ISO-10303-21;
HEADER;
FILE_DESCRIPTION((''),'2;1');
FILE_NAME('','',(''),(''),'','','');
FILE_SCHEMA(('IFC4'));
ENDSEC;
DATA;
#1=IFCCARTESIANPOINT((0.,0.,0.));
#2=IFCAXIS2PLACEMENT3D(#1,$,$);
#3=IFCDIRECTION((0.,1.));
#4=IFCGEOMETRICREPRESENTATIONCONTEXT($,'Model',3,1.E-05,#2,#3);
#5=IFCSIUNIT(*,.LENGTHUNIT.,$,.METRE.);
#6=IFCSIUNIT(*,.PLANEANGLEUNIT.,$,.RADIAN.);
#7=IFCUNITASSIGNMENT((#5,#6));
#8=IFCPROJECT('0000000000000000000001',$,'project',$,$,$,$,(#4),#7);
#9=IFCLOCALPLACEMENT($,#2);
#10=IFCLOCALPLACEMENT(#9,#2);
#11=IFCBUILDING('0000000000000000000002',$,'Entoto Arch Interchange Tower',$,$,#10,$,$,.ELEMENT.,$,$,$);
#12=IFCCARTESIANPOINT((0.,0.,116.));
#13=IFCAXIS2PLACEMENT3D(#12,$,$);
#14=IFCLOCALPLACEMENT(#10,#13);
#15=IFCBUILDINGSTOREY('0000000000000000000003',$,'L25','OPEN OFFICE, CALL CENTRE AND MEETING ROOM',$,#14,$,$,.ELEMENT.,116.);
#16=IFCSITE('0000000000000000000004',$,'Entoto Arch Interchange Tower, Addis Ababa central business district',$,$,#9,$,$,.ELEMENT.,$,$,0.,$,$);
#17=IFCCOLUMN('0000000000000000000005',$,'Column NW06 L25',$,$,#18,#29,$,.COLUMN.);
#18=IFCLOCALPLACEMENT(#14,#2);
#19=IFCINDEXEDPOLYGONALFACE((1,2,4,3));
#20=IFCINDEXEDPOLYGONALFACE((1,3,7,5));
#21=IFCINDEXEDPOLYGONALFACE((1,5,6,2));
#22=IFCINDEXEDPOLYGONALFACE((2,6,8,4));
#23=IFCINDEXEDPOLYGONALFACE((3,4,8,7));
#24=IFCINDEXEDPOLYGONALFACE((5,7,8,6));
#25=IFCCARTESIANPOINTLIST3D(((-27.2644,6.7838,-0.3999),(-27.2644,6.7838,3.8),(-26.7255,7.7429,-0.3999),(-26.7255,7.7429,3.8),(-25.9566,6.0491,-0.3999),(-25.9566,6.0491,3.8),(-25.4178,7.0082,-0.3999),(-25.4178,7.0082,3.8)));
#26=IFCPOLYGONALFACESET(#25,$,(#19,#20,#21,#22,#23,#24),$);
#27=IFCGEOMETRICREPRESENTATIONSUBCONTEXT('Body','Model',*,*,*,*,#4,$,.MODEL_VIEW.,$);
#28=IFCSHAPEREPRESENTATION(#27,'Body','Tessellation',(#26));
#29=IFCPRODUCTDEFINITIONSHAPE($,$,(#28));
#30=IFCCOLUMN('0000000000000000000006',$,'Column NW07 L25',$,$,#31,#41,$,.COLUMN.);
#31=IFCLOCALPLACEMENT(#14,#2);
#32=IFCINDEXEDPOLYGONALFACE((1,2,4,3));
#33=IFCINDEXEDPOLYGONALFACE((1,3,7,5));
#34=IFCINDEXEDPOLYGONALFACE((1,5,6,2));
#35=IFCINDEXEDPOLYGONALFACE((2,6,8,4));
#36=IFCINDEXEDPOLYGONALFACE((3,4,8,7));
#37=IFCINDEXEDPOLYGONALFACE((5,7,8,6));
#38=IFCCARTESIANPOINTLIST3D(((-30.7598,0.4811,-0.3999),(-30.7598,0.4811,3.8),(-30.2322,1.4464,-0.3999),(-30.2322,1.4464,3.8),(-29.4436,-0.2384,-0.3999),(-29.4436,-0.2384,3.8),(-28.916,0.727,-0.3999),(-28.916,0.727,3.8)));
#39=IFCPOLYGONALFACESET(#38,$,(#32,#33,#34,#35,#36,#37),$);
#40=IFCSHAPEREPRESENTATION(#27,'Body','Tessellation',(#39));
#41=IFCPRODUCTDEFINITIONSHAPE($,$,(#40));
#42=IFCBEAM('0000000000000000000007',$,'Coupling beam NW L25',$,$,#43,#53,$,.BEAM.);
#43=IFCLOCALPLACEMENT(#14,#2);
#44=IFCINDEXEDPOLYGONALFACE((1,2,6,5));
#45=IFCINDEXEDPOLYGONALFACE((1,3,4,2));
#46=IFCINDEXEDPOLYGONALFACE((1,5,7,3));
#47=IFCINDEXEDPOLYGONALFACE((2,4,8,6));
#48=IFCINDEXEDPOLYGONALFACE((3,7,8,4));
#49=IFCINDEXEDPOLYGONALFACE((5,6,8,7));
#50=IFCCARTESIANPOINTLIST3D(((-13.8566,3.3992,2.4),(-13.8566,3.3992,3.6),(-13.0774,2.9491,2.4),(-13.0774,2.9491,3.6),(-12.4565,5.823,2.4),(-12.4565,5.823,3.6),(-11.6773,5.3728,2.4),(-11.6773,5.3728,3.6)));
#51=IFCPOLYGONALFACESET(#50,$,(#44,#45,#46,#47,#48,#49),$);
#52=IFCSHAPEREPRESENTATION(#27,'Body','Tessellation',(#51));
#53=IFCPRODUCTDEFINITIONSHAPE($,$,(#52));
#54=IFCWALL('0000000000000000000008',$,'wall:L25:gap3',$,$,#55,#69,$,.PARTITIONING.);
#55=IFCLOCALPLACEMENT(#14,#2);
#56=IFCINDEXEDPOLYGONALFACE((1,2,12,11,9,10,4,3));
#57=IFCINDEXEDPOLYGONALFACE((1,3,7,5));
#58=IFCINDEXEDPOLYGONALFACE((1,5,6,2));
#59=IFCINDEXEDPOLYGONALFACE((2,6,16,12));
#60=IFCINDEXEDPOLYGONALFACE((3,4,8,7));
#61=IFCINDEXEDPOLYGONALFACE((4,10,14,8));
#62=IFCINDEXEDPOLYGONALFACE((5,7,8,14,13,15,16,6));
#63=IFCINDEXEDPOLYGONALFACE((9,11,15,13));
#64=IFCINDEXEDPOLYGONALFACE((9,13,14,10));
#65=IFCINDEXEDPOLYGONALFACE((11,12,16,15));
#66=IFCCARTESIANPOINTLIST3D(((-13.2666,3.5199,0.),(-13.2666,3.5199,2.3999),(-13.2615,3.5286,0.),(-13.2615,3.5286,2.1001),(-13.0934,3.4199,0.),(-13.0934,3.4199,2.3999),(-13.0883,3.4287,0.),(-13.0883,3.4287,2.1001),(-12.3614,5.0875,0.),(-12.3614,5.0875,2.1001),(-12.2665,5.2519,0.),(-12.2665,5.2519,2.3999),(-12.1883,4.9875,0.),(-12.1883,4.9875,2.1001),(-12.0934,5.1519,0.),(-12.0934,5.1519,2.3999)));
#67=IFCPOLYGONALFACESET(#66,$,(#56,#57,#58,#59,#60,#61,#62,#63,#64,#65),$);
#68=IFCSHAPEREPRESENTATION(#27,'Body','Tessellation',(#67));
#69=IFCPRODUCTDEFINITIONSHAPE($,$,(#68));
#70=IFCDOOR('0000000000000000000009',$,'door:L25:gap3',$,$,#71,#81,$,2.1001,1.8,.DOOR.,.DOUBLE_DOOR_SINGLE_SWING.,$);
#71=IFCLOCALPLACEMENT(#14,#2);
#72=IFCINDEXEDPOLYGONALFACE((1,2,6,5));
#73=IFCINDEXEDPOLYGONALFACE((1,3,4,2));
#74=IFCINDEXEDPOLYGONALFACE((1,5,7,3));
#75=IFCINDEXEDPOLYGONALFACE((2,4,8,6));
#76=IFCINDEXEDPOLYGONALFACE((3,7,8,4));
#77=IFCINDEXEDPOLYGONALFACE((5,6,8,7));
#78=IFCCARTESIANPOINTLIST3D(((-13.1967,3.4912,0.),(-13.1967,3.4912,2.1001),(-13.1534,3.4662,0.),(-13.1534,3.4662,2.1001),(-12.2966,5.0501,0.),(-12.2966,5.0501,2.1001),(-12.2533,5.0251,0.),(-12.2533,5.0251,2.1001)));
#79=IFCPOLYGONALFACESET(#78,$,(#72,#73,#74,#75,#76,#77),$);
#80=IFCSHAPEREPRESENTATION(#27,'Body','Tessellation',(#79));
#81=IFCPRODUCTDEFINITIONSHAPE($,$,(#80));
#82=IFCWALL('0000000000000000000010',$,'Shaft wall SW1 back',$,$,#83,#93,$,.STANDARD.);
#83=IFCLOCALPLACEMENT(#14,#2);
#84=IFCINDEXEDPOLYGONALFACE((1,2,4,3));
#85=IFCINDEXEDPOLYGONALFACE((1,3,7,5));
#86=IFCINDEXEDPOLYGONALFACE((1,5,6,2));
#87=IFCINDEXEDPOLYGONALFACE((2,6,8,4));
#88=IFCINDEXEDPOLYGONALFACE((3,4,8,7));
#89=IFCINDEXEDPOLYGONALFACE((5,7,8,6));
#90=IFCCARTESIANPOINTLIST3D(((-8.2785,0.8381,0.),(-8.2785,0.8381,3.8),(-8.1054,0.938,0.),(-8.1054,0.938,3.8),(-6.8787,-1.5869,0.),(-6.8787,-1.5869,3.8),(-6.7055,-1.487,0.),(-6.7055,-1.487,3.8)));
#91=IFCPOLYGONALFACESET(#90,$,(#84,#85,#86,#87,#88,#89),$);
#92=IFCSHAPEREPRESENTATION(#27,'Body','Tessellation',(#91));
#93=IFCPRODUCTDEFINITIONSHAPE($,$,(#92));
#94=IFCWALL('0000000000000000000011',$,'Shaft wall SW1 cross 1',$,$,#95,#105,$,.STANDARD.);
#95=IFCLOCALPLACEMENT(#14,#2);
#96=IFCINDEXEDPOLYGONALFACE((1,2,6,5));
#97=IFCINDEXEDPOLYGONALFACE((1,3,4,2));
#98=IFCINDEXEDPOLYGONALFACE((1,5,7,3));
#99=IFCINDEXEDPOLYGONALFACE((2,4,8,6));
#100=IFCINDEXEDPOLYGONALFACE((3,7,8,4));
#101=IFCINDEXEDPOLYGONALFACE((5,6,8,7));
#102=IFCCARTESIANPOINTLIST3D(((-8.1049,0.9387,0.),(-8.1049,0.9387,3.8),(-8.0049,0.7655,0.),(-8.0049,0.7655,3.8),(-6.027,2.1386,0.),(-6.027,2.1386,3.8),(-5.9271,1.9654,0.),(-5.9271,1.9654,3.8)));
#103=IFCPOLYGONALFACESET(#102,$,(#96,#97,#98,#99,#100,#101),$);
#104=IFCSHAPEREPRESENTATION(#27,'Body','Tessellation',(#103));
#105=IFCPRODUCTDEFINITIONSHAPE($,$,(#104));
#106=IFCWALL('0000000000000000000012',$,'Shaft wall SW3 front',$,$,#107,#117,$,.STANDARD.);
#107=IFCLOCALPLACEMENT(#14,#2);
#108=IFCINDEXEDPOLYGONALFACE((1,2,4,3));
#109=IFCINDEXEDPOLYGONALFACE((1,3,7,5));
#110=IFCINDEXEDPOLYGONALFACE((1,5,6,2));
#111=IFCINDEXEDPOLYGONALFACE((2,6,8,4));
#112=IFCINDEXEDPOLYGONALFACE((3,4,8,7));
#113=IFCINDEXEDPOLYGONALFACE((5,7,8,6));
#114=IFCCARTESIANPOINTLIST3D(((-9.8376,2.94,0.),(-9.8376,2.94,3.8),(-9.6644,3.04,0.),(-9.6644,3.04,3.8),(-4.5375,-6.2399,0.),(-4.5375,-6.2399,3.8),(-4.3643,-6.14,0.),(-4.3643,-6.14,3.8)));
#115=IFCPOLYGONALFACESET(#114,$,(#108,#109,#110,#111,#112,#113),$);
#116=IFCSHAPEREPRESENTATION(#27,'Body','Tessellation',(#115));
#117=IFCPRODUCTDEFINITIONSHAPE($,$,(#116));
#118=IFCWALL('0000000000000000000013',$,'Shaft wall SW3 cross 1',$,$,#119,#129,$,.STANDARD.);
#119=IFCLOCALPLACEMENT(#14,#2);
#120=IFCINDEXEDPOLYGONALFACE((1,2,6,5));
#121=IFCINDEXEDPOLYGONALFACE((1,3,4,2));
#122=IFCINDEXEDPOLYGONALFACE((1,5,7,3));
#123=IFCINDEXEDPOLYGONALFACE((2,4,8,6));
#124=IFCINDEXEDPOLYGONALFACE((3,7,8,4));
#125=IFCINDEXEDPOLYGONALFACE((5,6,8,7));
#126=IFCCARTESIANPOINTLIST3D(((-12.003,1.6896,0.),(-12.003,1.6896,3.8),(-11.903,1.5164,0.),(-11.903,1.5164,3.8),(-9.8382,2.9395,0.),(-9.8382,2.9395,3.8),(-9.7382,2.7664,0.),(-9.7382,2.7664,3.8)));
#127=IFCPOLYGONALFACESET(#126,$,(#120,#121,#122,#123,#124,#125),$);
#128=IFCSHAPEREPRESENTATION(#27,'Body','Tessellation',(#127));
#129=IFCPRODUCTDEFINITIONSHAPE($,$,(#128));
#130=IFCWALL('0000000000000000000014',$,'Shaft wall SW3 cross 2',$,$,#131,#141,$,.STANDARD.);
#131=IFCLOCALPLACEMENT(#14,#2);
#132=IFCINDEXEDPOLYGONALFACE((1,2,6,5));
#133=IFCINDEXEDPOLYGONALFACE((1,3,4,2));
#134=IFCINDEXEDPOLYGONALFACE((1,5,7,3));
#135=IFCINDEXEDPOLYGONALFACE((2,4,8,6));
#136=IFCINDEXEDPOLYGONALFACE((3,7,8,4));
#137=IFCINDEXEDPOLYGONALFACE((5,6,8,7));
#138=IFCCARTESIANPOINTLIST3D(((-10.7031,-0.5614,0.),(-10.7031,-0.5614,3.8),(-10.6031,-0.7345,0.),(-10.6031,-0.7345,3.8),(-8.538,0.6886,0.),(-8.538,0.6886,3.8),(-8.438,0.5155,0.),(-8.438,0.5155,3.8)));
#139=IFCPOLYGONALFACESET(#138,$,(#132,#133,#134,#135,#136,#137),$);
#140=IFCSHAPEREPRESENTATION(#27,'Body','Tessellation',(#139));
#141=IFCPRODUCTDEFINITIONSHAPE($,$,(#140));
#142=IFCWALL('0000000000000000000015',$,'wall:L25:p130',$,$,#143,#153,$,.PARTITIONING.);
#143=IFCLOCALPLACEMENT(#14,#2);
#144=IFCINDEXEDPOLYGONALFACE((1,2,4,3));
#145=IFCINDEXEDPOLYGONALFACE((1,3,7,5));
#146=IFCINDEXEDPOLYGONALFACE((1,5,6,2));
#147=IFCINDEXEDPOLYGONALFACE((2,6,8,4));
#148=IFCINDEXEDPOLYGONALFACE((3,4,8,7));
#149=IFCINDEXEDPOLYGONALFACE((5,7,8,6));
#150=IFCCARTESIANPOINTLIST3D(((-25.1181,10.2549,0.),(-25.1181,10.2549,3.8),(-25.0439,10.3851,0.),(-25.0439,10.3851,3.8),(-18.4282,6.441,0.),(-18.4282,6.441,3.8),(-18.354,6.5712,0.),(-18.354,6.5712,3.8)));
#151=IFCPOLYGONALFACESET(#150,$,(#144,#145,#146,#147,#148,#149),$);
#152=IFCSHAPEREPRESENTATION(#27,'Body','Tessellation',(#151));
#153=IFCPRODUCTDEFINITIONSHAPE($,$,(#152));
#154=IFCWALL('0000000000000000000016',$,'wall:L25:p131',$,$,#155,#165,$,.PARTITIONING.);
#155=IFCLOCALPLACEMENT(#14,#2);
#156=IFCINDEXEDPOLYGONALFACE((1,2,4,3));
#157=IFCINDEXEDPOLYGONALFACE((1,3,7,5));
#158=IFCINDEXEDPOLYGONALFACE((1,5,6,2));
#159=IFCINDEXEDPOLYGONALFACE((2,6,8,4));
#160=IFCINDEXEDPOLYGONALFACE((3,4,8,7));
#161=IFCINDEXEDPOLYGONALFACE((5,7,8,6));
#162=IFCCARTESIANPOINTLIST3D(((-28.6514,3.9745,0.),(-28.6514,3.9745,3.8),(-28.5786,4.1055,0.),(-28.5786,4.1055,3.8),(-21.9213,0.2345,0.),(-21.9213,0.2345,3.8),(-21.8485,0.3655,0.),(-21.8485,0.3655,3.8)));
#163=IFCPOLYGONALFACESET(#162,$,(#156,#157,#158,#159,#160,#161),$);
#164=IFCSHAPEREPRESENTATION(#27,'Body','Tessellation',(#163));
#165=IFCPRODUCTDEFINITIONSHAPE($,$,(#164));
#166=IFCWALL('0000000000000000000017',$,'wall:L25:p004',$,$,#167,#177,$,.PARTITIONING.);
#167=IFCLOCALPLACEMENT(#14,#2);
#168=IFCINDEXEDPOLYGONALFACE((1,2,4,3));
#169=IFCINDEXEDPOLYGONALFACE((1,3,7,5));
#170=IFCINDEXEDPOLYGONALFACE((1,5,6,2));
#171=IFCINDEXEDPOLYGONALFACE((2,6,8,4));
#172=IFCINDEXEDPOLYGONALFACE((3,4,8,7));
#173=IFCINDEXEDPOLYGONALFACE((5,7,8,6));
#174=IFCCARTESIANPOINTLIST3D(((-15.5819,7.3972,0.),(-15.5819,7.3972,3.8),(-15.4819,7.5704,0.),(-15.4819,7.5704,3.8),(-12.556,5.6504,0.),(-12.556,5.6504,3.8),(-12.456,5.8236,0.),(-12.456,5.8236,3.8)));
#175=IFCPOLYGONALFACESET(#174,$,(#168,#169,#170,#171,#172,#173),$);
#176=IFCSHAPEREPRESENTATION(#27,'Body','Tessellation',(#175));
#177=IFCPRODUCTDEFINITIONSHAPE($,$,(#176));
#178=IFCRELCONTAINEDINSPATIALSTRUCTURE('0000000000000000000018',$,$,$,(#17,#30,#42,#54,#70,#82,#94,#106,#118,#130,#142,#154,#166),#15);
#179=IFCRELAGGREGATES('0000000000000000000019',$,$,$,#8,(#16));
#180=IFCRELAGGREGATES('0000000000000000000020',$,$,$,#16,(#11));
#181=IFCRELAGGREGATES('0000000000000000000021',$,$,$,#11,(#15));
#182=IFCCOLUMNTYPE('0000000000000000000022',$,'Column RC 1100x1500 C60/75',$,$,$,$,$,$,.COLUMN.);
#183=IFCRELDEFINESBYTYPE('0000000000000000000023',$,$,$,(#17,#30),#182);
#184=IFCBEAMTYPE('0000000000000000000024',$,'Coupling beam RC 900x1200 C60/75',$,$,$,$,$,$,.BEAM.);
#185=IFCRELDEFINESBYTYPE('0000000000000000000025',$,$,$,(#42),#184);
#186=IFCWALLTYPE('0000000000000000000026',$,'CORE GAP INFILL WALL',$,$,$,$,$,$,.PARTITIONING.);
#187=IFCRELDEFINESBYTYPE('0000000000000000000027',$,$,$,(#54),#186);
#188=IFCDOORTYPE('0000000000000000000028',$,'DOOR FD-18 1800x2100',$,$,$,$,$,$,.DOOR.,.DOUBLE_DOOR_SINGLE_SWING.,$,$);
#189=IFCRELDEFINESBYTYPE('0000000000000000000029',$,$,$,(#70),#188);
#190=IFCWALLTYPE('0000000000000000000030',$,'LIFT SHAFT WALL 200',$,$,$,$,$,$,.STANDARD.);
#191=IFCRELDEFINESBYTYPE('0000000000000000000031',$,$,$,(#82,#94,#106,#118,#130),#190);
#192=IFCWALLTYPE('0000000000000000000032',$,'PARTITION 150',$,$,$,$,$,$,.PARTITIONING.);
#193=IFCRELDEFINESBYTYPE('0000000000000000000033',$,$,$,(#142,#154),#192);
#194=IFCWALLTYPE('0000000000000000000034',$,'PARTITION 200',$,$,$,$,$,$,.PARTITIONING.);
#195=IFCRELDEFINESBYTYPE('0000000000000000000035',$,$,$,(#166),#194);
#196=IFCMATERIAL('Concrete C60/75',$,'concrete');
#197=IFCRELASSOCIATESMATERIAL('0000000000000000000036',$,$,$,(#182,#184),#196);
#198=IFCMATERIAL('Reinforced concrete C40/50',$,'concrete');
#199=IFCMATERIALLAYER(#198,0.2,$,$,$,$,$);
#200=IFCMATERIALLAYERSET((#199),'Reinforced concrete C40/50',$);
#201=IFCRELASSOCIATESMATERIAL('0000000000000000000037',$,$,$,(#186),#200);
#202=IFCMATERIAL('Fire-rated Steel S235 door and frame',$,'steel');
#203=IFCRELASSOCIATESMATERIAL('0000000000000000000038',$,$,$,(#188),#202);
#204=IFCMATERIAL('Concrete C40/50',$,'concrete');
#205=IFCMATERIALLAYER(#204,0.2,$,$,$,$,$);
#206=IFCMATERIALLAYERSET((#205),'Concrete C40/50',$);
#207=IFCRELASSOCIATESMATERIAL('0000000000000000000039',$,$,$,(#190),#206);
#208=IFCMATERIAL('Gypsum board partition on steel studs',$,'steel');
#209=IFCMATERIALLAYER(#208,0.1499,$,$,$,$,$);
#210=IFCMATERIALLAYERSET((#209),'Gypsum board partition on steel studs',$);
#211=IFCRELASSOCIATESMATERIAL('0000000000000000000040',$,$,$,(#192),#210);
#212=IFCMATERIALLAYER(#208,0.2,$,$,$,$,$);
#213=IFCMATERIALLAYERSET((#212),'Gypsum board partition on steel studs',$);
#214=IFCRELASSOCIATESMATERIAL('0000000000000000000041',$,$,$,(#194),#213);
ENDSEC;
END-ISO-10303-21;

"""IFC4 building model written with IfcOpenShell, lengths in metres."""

from ifc_helpers import new_model, si_unit, direction, frame, frame_2d, origin, origin_2d, place, context, subcontext, project, spatial, rectangle, extrude, material, layer, layer_set, material_profile, profile_set, type_object, element, fill, save


model = new_model("IFC4")

# Units and contexts
model_context = context("Model", 3, precision=1e-05, world=origin(), true_north=direction((0.0, 1.0)))
body_context = subcontext(model_context, "Body", "Model", "MODEL_VIEW")
ifc_project = project(units=[si_unit("LENGTHUNIT", "METRE"), si_unit("PLANEANGLEUNIT", "RADIAN")], contexts=[model_context])

# Site, building, storey
site_placement = place(None, origin())
site = spatial("IfcSite", under=ifc_project, at=site_placement, Name="Entoto Arch Interchange Tower, Addis Ababa central business district", CompositionType="ELEMENT", RefElevation=0.0)
building_placement = place(site_placement, origin())
building = spatial("IfcBuilding", under=site, at=building_placement, Name="Entoto Arch Interchange Tower", CompositionType="ELEMENT")
storey_placement = place(building_placement, frame((0.0, 0.0, 116.0)))
storey = spatial("IfcBuildingStorey", under=building, at=storey_placement, Name="L25", Description="OPEN OFFICE, CALL CENTRE AND MEETING ROOM", CompositionType="ELEMENT", Elevation=116.0)

# Columns
ifc_material_1 = material(Name="Concrete C60/75", Category="concrete")
ifc_material_profile_1 = material_profile(ifc_material_1, rectangle(XDim=1.1001, YDim=1.5, at=origin_2d()))
ifc_profile_set_1 = profile_set([ifc_material_profile_1], Name="Concrete C60/75")
column_type = type_object("IfcColumnType", Name="Column RC 1100x1500 C60/75", PredefinedType="COLUMN", material=ifc_profile_set_1)
for number, where, z_axis, x_axis, name in (
    (1, (-26.3411, 6.896, -0.3999), (0.0, 0.0, 1.0), (0.489839, 0.871813, 0.0), "Column NW06 L25"),
    (2, (-29.8379, 0.604, -0.3999), (0.0, 0.0, 1.0), (0.479611, 0.877481, 0.0), "Column NW07 L25"),
):
    element("IfcColumn", number, at=place(storey_placement, frame(where, z_axis=z_axis, x_axis=x_axis)), inside=storey, type_object=column_type, Name=name, PredefinedType="COLUMN", context=body_context, shape_type="SweptSolid", body=[
        extrude(rectangle(XDim=1.1001, YDim=1.5, at=origin_2d()), origin(), (0.0, 0.0, 1.0), 4.2),
    ])

# Beam
ifc_material_profile_2 = material_profile(ifc_material_1, rectangle(XDim=0.8999, YDim=1.2, at=origin_2d()))
ifc_profile_set_2 = profile_set([ifc_material_profile_2], Name="Concrete C60/75")
beam_type = type_object("IfcBeamType", Name="Coupling beam RC 900x1200 C60/75", PredefinedType="BEAM", material=ifc_profile_set_2)
beam_placement = place(storey_placement, frame((-12.0669, 5.5979, 3.0), z_axis=(-0.500201, -0.86591, 0.0), x_axis=(0.86591, -0.500201, 0.0)))
element("IfcBeam", 3, at=beam_placement, inside=storey, type_object=beam_type, Name="Coupling beam NW L25", PredefinedType="BEAM", context=body_context, shape_type="SweptSolid", body=[
    extrude(rectangle(XDim=0.8999, YDim=1.2, at=origin_2d()), origin(), (0.0, 0.0, 1.0), 2.7991),
])

# Wall, opening, door
ifc_material_2 = material(Name="Reinforced concrete C40/50", Category="concrete")
ifc_layer_1 = layer(ifc_material_2, 0.2)
ifc_layer_set_1 = layer_set([ifc_layer_1], Name="Reinforced concrete C40/50")
wall_type_1 = type_object("IfcWallType", Name="CORE GAP INFILL WALL", PredefinedType="PARTITIONING", material=ifc_layer_set_1)
wall_1_placement = place(storey_placement, frame((-12.1799, 5.2019, 0.0), z_axis=(0.0, 0.0, 1.0), x_axis=(-0.500025, -0.866011, 0.0)))
wall_1 = element("IfcWall", 4, at=wall_1_placement, inside=storey, type_object=wall_type_1, Name="wall:L25:gap3", PredefinedType="PARTITIONING", context=body_context, shape_type="SweptSolid", body=[
    extrude(rectangle(XDim=2.0, YDim=0.2, at=frame_2d((1.0, 0.0))), origin(), (0.0, 0.0, 1.0), 2.3999),
])
opening_1_placement = place(wall_1_placement, frame((0.1899, 0.0, 0.0)))
opening_1 = element("IfcOpeningElement", 5, at=opening_1_placement, cuts=wall_1, PredefinedType="OPENING", context=body_context, shape_type="SweptSolid", body=[
    extrude(rectangle(XDim=1.8, YDim=2.1001, at=frame_2d((0.8999, 1.05))), frame((0.0, 0.1099, 0.0), z_axis=(0.0, -1.0, 0.0), x_axis=(1.0, 0.0, 0.0)), (0.0, 0.0, 1.0), 0.22),
])
ifc_material_3 = material(Name="Fire-rated Steel S235 door and frame", Category="steel")
door_type_1 = type_object("IfcDoorType", Name="DOOR FD-18 1800x2100", OperationType="DOUBLE_DOOR_SINGLE_SWING", PredefinedType="DOOR", material=ifc_material_3)
door_1_placement = place(opening_1_placement, origin())
door_1 = element("IfcDoor", 6, at=door_1_placement, inside=storey, type_object=door_type_1, Name="door:L25:gap3", OperationType="DOUBLE_DOOR_SINGLE_SWING", OverallHeight=2.1001, OverallWidth=1.8, PredefinedType="DOOR", context=body_context, shape_type="SweptSolid", body=[
    extrude(rectangle(XDim=1.8, YDim=2.1001, at=frame_2d((0.8999, 1.05))), frame((0.0, 0.0249, 0.0), z_axis=(0.0, -1.0, 0.0), x_axis=(1.0, 0.0, 0.0)), (0.0, 0.0, 1.0), 0.05),
])
fill(opening_1, door_1)

# Walls
ifc_material_4 = material(Name="Concrete C40/50", Category="concrete")
ifc_layer_2 = layer(ifc_material_4, 0.2)
ifc_layer_set_2 = layer_set([ifc_layer_2], Name="Concrete C40/50")
wall_type_2 = type_object("IfcWallType", Name="LIFT SHAFT WALL 200", PredefinedType="STANDARD", material=ifc_layer_set_2)
wall_2_placement = place(storey_placement, frame((-8.1919, 0.8879, 0.0), z_axis=(0.0, 0.0, 1.0), x_axis=(0.499946, -0.866056, 0.0)))
element("IfcWall", 7, at=wall_2_placement, inside=storey, type_object=wall_type_2, Name="Shaft wall SW1 back", PredefinedType="STANDARD", context=body_context, shape_type="SweptSolid", body=[
    extrude(rectangle(XDim=2.8, YDim=0.2, at=frame_2d((1.3999, 0.0))), origin(), (0.0, 0.0, 1.0), 3.8),
])
wall_3_placement = place(storey_placement, frame((-5.9771, 2.052, 0.0), z_axis=(0.0, 0.0, 1.0), x_axis=(-0.865974, -0.500089, 0.0)))
element("IfcWall", 8, at=wall_3_placement, inside=storey, type_object=wall_type_2, Name="Shaft wall SW1 cross 1", PredefinedType="STANDARD", context=body_context, shape_type="SweptSolid", body=[
    extrude(rectangle(XDim=2.3994, YDim=0.2, at=frame_2d((1.1997, 0.0))), origin(), (0.0, 0.0, 1.0), 3.8),
])
wall_4_placement = place(storey_placement, frame((-9.751, 2.99, 0.0), z_axis=(0.0, 0.0, 1.0), x_axis=(0.500001, -0.866025, 0.0)))
element("IfcWall", 9, at=wall_4_placement, inside=storey, type_object=wall_type_2, Name="Shaft wall SW3 front", PredefinedType="STANDARD", context=body_context, shape_type="SweptSolid", body=[
    extrude(rectangle(XDim=10.6001, YDim=0.2, at=frame_2d((5.3, 0.0))), origin(), (0.0, 0.0, 1.0), 3.8),
])
wall_5_placement = place(storey_placement, frame((-9.7881, 2.853, 0.0), z_axis=(0.0, 0.0, 1.0), x_axis=(-0.865999, -0.500047, 0.0)))
element("IfcWall", 10, at=wall_5_placement, inside=storey, type_object=wall_type_2, Name="Shaft wall SW3 cross 1", PredefinedType="STANDARD", context=body_context, shape_type="SweptSolid", body=[
    extrude(rectangle(XDim=2.4998, YDim=0.2, at=frame_2d((1.25, 0.0))), origin(), (0.0, 0.0, 1.0), 3.8),
])
wall_6_placement = place(storey_placement, frame((-8.488, 0.6021, 0.0), z_axis=(0.0, 0.0, 1.0), x_axis=(-0.866023, -0.500004, 0.0)))
element("IfcWall", 11, at=wall_6_placement, inside=storey, type_object=wall_type_2, Name="Shaft wall SW3 cross 2", PredefinedType="STANDARD", context=body_context, shape_type="SweptSolid", body=[
    extrude(rectangle(XDim=2.5, YDim=0.2, at=frame_2d((1.25, 0.0))), origin(), (0.0, 0.0, 1.0), 3.8),
])
ifc_material_5 = material(Name="Gypsum board partition on steel studs", Category="steel")
ifc_layer_3 = layer(ifc_material_5, 0.1499)
ifc_layer_set_3 = layer_set([ifc_layer_3], Name="Gypsum board partition on steel studs")
wall_type_3 = type_object("IfcWallType", Name="PARTITION 150", PredefinedType="PARTITIONING", material=ifc_layer_set_3)
wall_7_placement = place(storey_placement, frame((-18.3911, 6.5061, 0.0), z_axis=(0.0, 0.0, 1.0), x_axis=(-0.868738, 0.495271, 0.0)))
element("IfcWall", 12, at=wall_7_placement, inside=storey, type_object=wall_type_3, Name="wall:L25:p130", PredefinedType="PARTITIONING", context=body_context, shape_type="SweptSolid", body=[
    extrude(rectangle(XDim=7.7007, YDim=0.1499, at=frame_2d((3.8503, 0.0))), origin(), (0.0, 0.0, 1.0), 3.8),
])
wall_8_placement = place(storey_placement, frame((-21.885, 0.3, 0.0), z_axis=(0.0, 0.0, 1.0), x_axis=(-0.874096, 0.485753, 0.0)))
element("IfcWall", 13, at=wall_8_placement, inside=storey, type_object=wall_type_3, Name="wall:L25:p131", PredefinedType="PARTITIONING", context=body_context, shape_type="SweptSolid", body=[
    extrude(rectangle(XDim=7.6995, YDim=0.1499, at=frame_2d((3.8496, 0.0))), origin(), (0.0, 0.0, 1.0), 3.8),
])
ifc_layer_4 = layer(ifc_material_5, 0.2)
ifc_layer_set_4 = layer_set([ifc_layer_4], Name="Gypsum board partition on steel studs")
wall_type_4 = type_object("IfcWallType", Name="PARTITION 200", PredefinedType="PARTITIONING", material=ifc_layer_set_4)
wall_9_placement = place(storey_placement, frame((-15.532, 7.4839, 0.0), z_axis=(0.0, 0.0, 1.0), x_axis=(0.866046, -0.499964, 0.0)))
element("IfcWall", 14, at=wall_9_placement, inside=storey, type_object=wall_type_4, Name="wall:L25:p004", PredefinedType="PARTITIONING", context=body_context, shape_type="SweptSolid", body=[
    extrude(rectangle(XDim=3.4939, YDim=0.2, at=frame_2d((1.7471, 0.0))), origin(), (0.0, 0.0, 1.0), 3.8),
])

save(model, "model.ifc")
